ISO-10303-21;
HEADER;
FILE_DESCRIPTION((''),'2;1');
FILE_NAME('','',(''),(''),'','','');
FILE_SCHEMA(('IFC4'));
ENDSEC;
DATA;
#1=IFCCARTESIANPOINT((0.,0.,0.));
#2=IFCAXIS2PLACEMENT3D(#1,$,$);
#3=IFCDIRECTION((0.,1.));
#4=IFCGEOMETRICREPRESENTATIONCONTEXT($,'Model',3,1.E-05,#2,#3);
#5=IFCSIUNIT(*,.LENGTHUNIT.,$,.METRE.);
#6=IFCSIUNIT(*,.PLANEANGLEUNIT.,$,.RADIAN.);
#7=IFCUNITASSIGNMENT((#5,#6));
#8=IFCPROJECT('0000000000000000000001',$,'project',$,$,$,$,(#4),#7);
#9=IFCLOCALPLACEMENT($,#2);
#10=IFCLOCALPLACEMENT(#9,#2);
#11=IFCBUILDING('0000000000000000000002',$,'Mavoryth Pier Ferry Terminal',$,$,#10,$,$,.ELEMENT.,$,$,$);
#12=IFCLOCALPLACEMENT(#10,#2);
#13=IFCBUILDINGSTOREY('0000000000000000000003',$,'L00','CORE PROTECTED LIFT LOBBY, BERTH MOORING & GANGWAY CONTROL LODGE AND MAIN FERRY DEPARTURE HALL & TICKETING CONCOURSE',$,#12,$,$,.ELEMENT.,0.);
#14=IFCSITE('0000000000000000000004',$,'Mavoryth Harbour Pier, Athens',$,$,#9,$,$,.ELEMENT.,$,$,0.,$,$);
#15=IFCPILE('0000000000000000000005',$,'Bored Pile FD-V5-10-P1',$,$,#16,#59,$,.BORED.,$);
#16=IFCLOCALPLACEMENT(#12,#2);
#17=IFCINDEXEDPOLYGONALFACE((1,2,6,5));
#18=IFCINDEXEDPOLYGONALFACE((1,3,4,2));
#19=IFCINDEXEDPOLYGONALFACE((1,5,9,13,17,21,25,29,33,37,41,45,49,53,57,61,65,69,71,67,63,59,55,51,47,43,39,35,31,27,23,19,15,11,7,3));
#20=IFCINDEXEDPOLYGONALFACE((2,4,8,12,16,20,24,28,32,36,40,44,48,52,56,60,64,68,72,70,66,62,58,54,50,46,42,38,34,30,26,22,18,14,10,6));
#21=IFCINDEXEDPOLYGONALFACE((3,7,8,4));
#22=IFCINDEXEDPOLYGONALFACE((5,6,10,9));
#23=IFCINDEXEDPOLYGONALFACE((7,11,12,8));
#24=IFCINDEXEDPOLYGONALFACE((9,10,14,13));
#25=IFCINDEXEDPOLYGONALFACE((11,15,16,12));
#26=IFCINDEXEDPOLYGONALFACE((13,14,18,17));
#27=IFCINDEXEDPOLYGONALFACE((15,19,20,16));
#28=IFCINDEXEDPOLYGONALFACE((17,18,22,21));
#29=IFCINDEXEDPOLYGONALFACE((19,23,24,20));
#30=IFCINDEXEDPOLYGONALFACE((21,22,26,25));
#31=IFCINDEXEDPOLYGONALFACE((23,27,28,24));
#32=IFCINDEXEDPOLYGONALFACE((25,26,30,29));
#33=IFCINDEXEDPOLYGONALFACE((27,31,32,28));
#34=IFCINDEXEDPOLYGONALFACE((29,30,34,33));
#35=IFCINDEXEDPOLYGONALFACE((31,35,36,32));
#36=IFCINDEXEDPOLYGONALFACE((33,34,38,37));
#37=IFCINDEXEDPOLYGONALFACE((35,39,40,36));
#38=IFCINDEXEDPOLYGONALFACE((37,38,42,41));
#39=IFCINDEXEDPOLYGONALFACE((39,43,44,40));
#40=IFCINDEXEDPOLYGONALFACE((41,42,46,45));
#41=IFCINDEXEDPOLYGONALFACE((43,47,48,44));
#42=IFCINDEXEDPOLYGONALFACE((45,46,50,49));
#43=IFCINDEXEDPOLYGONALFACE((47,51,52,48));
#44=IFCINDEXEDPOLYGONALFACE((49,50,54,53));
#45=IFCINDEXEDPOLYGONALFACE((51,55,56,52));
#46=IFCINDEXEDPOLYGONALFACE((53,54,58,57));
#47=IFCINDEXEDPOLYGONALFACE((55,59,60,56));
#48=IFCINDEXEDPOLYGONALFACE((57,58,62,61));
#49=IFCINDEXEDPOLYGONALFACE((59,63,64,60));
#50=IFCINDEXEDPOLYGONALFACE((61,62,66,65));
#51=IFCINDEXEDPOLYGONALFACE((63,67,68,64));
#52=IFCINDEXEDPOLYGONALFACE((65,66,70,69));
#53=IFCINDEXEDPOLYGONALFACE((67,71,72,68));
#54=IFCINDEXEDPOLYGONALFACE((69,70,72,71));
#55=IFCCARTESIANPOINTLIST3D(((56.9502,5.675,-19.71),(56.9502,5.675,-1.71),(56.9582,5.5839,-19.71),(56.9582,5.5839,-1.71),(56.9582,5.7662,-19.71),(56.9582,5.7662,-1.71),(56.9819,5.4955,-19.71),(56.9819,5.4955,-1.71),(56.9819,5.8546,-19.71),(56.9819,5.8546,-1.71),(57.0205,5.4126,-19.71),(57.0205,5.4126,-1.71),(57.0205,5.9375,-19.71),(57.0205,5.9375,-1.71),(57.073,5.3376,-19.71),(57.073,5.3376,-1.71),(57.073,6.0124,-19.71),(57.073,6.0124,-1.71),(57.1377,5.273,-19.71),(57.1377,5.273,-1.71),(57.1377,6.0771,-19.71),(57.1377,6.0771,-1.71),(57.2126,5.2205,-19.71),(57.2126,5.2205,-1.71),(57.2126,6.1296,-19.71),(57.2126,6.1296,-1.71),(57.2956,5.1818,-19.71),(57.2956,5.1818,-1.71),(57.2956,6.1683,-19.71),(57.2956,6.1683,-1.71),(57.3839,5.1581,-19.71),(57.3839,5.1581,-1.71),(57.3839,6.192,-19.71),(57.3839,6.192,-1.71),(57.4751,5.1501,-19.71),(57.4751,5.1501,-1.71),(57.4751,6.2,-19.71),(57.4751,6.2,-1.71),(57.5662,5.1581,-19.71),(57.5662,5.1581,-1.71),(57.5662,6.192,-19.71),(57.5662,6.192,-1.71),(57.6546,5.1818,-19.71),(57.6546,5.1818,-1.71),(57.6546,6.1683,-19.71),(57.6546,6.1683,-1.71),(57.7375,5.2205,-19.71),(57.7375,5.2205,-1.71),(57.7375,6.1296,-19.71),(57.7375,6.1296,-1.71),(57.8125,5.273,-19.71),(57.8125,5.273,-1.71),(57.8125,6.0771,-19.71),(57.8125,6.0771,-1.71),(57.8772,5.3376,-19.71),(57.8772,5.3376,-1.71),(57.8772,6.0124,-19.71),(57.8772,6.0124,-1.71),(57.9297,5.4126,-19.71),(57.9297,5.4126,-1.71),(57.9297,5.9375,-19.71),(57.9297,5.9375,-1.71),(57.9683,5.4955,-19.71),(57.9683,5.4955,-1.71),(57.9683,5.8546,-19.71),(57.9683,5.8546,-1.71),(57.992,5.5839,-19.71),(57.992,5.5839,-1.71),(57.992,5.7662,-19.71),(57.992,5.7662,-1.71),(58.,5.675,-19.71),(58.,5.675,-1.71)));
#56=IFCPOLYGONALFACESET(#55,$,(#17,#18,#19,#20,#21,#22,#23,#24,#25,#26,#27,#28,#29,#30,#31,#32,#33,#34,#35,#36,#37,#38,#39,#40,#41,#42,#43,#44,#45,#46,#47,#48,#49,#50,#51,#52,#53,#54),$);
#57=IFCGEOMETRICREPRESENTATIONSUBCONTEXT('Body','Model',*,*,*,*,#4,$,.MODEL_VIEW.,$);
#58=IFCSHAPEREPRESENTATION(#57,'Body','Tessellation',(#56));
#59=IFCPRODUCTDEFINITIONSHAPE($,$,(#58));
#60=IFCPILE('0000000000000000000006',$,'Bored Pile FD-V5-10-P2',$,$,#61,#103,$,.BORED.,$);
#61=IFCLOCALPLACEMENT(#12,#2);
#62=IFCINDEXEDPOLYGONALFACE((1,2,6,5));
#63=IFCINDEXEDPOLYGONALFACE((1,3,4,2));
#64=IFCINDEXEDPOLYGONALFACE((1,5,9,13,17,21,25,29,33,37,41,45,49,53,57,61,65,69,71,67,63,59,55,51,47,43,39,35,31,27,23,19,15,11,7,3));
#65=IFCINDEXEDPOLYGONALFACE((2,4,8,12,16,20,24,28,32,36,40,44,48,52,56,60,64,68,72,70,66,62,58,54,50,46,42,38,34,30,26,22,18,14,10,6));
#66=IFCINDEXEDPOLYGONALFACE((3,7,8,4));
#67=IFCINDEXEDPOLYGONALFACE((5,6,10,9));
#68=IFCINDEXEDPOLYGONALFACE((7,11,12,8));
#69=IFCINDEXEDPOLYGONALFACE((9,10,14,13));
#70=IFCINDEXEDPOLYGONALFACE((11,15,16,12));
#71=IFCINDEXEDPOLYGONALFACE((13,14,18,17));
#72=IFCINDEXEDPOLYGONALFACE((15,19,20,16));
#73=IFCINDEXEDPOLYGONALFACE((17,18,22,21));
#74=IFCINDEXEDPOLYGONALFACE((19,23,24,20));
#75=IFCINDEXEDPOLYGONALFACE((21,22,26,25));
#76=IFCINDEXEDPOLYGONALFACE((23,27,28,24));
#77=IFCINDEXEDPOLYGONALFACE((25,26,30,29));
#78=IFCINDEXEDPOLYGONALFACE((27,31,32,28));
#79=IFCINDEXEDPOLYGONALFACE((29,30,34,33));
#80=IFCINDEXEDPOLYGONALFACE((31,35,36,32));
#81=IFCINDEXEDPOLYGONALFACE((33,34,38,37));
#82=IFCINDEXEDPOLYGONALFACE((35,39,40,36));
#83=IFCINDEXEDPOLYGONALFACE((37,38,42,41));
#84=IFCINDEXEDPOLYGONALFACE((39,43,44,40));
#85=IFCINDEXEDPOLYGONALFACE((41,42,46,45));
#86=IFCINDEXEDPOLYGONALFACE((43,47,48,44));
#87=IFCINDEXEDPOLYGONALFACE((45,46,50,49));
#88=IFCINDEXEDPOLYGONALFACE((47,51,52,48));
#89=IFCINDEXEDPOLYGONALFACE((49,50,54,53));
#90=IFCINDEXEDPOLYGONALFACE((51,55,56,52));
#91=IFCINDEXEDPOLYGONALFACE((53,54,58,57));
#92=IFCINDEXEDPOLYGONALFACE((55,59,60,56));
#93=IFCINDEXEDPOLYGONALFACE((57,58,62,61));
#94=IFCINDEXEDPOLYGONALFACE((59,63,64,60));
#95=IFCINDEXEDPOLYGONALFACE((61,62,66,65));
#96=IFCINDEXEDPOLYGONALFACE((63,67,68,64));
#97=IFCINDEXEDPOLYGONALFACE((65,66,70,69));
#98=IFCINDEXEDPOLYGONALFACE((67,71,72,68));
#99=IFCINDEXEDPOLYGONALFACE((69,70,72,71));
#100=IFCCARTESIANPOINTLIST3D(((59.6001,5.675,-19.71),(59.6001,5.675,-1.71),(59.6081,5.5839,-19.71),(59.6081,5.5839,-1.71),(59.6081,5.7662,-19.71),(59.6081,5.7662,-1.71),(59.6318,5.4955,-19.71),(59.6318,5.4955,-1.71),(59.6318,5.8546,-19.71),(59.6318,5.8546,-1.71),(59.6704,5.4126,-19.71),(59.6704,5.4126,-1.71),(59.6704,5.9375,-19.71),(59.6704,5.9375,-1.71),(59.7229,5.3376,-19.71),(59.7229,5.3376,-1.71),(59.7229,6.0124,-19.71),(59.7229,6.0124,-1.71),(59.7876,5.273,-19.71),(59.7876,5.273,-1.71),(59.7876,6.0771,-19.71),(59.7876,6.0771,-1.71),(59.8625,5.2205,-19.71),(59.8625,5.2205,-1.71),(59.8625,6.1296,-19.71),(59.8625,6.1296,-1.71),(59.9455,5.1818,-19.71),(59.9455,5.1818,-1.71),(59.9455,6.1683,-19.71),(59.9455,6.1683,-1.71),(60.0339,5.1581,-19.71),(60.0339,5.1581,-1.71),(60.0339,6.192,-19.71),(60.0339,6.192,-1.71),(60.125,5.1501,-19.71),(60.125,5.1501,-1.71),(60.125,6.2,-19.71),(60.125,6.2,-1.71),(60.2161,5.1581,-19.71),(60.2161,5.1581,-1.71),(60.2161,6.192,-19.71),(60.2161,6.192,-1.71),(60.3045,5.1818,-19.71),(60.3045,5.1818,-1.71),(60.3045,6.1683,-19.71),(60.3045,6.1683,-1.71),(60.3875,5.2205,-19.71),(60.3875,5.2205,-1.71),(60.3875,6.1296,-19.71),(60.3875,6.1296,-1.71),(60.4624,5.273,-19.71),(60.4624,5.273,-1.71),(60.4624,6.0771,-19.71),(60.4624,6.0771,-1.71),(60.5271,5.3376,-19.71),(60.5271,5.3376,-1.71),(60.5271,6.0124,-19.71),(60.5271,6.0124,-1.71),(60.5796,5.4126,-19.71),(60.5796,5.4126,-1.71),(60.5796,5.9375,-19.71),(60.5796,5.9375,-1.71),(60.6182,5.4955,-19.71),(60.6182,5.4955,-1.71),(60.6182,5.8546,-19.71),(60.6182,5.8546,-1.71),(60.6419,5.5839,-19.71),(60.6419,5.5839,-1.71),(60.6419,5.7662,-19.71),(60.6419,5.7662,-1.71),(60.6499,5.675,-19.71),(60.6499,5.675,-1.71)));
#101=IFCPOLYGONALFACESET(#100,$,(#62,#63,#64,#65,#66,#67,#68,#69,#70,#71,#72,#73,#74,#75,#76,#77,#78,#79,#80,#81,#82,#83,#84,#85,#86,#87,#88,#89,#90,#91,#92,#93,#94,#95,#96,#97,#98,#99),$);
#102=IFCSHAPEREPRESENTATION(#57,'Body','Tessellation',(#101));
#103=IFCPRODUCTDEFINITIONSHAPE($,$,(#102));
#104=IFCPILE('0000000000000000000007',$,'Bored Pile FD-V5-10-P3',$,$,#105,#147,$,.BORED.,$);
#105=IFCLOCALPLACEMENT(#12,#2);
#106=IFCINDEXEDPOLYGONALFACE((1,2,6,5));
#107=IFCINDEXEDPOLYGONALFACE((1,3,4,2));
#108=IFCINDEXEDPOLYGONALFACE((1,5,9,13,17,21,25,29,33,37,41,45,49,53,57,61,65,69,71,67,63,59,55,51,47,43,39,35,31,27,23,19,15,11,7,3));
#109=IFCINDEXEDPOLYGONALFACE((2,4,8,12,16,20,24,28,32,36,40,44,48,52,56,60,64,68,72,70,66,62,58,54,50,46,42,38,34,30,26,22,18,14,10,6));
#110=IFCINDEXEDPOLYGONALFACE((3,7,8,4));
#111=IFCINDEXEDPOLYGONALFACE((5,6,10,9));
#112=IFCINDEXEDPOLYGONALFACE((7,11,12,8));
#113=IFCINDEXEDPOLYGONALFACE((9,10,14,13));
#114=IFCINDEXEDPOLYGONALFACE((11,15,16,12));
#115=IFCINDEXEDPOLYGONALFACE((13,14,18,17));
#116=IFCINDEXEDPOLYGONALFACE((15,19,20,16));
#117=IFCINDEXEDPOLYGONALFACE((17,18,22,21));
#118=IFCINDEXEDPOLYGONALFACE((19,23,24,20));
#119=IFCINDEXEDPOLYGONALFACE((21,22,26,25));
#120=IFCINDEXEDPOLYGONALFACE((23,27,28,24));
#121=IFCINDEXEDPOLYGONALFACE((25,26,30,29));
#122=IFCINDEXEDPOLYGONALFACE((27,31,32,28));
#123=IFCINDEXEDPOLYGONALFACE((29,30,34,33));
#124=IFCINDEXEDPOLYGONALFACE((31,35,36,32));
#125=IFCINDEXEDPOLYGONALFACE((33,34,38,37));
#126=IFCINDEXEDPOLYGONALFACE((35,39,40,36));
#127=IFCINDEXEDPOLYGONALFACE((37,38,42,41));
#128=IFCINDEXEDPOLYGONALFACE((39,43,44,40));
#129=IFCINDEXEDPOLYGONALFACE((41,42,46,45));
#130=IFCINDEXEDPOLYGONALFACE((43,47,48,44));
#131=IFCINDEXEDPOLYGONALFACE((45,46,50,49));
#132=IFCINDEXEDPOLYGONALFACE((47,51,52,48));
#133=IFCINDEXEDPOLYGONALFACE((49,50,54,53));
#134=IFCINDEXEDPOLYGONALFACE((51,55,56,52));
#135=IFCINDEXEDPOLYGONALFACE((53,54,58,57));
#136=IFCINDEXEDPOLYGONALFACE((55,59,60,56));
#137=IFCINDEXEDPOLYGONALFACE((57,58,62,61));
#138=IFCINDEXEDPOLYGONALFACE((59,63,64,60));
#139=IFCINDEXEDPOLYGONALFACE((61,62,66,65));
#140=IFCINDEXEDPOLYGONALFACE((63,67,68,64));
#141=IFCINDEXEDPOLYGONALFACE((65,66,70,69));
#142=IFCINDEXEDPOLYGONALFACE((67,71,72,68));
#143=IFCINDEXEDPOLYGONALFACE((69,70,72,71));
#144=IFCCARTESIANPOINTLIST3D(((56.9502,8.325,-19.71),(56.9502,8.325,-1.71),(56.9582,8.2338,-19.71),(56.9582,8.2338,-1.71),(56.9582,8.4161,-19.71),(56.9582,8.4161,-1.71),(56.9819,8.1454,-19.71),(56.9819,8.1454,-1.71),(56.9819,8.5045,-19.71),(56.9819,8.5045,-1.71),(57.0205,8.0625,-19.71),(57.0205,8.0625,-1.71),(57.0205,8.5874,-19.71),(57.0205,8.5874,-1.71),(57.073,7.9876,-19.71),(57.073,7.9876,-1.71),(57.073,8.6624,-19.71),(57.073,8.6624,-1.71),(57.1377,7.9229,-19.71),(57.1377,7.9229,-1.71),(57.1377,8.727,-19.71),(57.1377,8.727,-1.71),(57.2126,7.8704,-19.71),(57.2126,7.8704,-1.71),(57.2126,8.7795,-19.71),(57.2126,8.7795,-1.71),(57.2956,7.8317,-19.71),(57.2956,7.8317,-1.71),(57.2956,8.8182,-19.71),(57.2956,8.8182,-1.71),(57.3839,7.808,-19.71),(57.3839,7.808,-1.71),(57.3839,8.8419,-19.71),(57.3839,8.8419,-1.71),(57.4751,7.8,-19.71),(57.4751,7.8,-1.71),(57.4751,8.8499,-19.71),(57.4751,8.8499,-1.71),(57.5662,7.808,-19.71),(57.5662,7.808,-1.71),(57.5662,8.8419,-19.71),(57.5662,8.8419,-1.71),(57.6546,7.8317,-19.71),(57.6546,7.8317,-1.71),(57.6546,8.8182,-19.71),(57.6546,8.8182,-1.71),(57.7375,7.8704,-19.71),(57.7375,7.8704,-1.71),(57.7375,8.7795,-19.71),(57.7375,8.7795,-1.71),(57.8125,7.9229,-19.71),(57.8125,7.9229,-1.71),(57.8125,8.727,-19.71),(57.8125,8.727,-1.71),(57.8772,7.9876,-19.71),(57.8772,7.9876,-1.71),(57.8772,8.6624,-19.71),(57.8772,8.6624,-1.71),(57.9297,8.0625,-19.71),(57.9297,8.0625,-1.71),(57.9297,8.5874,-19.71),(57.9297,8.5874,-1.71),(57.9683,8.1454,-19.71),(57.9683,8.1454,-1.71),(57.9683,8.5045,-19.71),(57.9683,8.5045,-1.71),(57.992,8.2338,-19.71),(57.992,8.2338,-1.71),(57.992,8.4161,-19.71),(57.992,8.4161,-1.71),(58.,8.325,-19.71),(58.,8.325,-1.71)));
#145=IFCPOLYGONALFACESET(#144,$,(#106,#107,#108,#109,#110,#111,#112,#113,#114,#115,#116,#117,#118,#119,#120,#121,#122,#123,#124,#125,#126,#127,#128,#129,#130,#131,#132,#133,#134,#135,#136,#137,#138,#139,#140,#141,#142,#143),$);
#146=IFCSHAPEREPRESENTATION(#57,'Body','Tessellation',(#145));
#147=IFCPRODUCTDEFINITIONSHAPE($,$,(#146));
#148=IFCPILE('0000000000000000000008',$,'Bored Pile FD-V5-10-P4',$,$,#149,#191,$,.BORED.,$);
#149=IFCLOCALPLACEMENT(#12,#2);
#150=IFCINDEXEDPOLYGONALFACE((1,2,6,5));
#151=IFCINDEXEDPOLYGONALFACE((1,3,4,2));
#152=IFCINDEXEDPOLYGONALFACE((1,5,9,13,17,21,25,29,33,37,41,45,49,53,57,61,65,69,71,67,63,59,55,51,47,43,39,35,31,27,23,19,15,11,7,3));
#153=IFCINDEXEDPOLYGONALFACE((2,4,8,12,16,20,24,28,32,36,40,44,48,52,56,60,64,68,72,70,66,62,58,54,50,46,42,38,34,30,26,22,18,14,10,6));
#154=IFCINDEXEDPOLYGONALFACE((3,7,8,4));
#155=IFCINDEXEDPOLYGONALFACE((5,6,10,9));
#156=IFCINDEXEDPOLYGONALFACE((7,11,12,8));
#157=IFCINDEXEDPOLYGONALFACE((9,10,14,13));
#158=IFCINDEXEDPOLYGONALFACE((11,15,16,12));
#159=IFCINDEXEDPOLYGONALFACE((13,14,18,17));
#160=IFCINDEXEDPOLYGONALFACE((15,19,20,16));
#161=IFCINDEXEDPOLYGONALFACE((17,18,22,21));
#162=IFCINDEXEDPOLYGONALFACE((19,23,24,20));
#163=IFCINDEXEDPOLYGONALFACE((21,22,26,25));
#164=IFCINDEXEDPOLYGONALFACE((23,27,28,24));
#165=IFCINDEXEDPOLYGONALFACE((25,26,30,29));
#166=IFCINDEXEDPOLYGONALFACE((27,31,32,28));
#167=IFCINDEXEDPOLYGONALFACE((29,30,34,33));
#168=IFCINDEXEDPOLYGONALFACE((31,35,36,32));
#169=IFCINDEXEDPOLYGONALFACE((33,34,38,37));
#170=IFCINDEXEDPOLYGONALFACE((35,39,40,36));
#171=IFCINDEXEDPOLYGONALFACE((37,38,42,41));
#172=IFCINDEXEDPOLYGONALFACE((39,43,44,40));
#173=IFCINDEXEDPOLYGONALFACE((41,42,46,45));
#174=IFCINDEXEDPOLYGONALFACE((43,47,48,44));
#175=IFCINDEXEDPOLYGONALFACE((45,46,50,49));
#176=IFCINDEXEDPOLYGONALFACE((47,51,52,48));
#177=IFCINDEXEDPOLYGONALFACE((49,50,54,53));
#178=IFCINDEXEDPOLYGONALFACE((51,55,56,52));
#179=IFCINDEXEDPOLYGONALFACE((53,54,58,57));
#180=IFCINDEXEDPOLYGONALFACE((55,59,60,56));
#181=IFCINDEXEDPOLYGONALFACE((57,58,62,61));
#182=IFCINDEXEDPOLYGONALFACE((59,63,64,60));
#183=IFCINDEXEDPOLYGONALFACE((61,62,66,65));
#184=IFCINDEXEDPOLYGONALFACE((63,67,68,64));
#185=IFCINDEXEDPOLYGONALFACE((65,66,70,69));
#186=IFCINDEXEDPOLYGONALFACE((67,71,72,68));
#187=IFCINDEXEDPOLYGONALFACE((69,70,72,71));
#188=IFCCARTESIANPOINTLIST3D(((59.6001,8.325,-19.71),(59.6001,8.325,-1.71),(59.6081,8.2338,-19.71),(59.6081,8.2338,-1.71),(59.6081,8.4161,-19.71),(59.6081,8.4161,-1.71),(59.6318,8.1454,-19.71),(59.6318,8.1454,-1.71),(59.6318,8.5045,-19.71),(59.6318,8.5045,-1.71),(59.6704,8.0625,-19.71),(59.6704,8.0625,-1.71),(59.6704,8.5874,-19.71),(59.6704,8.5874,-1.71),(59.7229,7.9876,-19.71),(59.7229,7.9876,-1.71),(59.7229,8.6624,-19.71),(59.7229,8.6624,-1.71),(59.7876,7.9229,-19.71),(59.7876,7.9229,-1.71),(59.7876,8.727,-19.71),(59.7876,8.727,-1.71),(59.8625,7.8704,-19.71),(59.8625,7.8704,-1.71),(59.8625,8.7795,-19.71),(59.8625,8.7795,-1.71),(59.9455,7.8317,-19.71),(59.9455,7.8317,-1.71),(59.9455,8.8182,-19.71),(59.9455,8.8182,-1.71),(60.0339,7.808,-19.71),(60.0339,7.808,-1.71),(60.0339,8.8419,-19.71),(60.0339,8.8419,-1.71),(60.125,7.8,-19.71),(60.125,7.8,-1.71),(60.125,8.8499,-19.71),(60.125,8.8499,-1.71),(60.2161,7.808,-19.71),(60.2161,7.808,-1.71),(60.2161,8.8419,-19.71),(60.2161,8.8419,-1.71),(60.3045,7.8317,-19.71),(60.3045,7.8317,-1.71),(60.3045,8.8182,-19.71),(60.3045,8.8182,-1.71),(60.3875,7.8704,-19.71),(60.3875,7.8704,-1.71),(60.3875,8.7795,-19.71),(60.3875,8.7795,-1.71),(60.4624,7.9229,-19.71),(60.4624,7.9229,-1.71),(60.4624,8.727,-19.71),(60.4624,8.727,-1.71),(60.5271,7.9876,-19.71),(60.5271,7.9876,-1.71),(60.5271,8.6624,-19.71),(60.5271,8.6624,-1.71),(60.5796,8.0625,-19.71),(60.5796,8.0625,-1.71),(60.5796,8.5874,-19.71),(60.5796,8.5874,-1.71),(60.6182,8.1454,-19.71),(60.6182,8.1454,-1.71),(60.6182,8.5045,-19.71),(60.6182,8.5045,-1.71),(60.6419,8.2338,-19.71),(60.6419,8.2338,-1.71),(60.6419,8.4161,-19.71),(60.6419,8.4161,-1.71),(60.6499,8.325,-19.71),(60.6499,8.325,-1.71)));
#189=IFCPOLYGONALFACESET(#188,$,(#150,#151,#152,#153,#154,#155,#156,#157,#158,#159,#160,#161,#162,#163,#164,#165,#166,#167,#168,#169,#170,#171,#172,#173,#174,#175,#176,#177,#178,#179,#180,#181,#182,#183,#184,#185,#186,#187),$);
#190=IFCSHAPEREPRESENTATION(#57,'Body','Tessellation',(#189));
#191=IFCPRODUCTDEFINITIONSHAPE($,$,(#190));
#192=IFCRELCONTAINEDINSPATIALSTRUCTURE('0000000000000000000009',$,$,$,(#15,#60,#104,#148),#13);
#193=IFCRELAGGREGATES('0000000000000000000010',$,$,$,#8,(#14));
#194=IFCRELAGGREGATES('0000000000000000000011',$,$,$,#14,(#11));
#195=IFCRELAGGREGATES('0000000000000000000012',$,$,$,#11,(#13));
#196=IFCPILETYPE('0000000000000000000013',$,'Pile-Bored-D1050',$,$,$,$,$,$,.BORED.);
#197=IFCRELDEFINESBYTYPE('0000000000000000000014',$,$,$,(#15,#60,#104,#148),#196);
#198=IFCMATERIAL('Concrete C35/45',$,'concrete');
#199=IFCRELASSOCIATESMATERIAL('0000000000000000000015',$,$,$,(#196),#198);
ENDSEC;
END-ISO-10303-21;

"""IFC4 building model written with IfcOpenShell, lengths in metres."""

from ifc_helpers import new_model, si_unit, direction, frame, origin, origin_2d, place, context, subcontext, project, spatial, circle, extrude, material, material_profile, profile_set, type_object, element, save


model = new_model("IFC4")

# Units and contexts
model_context = context("Model", 3, precision=1e-05, world=origin(), true_north=direction((0.0, 1.0)))
body_context = subcontext(model_context, "Body", "Model", "MODEL_VIEW")
ifc_project = project(units=[si_unit("LENGTHUNIT", "METRE"), si_unit("PLANEANGLEUNIT", "RADIAN")], contexts=[model_context])

# Site, building, storey
site_placement = place(None, origin())
site = spatial("IfcSite", under=ifc_project, at=site_placement, Name="Mavoryth Harbour Pier, Athens", CompositionType="ELEMENT", RefElevation=0.0)
building_placement = place(site_placement, origin())
building = spatial("IfcBuilding", under=site, at=building_placement, Name="Mavoryth Pier Ferry Terminal", CompositionType="ELEMENT")
storey_placement = place(building_placement, origin())
storey = spatial("IfcBuildingStorey", under=building, at=storey_placement, Name="L00", Description="CORE PROTECTED LIFT LOBBY, BERTH MOORING & GANGWAY CONTROL LODGE AND MAIN FERRY DEPARTURE HALL & TICKETING CONCOURSE", CompositionType="ELEMENT", Elevation=0.0)

# Shared definitions
ifc_material_1 = material(Name="Concrete C35/45", Category="concrete")

# Piles
ifc_material_profile_1 = material_profile(ifc_material_1, circle(Radius=0.5249, at=origin_2d()), Name="PILE D1050", Category="concrete")
ifc_profile_set_1 = profile_set([ifc_material_profile_1], Name="Concrete C35/45 - PILE D1050")
pile_type = type_object("IfcPileType", Name="Pile-Bored-D1050", PredefinedType="BORED", material=ifc_profile_set_1)
for number, where, z_axis, x_axis, name in (
    (1, (57.4751, 5.675, -1.71), (0.0, 0.0, -1.0), (1.0, 0.0, 0.0), "Bored Pile FD-V5-10-P1"),
    (2, (60.125, 5.675, -1.71), (0.0, 0.0, -1.0), (1.0, 0.0, 0.0), "Bored Pile FD-V5-10-P2"),
    (3, (57.4751, 8.325, -1.71), (0.0, 0.0, -1.0), (1.0, 0.0, 0.0), "Bored Pile FD-V5-10-P3"),
    (4, (60.125, 8.325, -1.71), (0.0, 0.0, -1.0), (1.0, 0.0, 0.0), "Bored Pile FD-V5-10-P4"),
):
    element("IfcPile", number, at=place(storey_placement, frame(where, z_axis=z_axis, x_axis=x_axis)), inside=storey, type_object=pile_type, Name=name, PredefinedType="BORED", context=body_context, shape_type="SweptSolid", body=[
        extrude(circle(Radius=0.5249, at=origin_2d()), origin(), (0.0, 0.0, 1.0), 18.0),
    ])

save(model, "model.ifc")
